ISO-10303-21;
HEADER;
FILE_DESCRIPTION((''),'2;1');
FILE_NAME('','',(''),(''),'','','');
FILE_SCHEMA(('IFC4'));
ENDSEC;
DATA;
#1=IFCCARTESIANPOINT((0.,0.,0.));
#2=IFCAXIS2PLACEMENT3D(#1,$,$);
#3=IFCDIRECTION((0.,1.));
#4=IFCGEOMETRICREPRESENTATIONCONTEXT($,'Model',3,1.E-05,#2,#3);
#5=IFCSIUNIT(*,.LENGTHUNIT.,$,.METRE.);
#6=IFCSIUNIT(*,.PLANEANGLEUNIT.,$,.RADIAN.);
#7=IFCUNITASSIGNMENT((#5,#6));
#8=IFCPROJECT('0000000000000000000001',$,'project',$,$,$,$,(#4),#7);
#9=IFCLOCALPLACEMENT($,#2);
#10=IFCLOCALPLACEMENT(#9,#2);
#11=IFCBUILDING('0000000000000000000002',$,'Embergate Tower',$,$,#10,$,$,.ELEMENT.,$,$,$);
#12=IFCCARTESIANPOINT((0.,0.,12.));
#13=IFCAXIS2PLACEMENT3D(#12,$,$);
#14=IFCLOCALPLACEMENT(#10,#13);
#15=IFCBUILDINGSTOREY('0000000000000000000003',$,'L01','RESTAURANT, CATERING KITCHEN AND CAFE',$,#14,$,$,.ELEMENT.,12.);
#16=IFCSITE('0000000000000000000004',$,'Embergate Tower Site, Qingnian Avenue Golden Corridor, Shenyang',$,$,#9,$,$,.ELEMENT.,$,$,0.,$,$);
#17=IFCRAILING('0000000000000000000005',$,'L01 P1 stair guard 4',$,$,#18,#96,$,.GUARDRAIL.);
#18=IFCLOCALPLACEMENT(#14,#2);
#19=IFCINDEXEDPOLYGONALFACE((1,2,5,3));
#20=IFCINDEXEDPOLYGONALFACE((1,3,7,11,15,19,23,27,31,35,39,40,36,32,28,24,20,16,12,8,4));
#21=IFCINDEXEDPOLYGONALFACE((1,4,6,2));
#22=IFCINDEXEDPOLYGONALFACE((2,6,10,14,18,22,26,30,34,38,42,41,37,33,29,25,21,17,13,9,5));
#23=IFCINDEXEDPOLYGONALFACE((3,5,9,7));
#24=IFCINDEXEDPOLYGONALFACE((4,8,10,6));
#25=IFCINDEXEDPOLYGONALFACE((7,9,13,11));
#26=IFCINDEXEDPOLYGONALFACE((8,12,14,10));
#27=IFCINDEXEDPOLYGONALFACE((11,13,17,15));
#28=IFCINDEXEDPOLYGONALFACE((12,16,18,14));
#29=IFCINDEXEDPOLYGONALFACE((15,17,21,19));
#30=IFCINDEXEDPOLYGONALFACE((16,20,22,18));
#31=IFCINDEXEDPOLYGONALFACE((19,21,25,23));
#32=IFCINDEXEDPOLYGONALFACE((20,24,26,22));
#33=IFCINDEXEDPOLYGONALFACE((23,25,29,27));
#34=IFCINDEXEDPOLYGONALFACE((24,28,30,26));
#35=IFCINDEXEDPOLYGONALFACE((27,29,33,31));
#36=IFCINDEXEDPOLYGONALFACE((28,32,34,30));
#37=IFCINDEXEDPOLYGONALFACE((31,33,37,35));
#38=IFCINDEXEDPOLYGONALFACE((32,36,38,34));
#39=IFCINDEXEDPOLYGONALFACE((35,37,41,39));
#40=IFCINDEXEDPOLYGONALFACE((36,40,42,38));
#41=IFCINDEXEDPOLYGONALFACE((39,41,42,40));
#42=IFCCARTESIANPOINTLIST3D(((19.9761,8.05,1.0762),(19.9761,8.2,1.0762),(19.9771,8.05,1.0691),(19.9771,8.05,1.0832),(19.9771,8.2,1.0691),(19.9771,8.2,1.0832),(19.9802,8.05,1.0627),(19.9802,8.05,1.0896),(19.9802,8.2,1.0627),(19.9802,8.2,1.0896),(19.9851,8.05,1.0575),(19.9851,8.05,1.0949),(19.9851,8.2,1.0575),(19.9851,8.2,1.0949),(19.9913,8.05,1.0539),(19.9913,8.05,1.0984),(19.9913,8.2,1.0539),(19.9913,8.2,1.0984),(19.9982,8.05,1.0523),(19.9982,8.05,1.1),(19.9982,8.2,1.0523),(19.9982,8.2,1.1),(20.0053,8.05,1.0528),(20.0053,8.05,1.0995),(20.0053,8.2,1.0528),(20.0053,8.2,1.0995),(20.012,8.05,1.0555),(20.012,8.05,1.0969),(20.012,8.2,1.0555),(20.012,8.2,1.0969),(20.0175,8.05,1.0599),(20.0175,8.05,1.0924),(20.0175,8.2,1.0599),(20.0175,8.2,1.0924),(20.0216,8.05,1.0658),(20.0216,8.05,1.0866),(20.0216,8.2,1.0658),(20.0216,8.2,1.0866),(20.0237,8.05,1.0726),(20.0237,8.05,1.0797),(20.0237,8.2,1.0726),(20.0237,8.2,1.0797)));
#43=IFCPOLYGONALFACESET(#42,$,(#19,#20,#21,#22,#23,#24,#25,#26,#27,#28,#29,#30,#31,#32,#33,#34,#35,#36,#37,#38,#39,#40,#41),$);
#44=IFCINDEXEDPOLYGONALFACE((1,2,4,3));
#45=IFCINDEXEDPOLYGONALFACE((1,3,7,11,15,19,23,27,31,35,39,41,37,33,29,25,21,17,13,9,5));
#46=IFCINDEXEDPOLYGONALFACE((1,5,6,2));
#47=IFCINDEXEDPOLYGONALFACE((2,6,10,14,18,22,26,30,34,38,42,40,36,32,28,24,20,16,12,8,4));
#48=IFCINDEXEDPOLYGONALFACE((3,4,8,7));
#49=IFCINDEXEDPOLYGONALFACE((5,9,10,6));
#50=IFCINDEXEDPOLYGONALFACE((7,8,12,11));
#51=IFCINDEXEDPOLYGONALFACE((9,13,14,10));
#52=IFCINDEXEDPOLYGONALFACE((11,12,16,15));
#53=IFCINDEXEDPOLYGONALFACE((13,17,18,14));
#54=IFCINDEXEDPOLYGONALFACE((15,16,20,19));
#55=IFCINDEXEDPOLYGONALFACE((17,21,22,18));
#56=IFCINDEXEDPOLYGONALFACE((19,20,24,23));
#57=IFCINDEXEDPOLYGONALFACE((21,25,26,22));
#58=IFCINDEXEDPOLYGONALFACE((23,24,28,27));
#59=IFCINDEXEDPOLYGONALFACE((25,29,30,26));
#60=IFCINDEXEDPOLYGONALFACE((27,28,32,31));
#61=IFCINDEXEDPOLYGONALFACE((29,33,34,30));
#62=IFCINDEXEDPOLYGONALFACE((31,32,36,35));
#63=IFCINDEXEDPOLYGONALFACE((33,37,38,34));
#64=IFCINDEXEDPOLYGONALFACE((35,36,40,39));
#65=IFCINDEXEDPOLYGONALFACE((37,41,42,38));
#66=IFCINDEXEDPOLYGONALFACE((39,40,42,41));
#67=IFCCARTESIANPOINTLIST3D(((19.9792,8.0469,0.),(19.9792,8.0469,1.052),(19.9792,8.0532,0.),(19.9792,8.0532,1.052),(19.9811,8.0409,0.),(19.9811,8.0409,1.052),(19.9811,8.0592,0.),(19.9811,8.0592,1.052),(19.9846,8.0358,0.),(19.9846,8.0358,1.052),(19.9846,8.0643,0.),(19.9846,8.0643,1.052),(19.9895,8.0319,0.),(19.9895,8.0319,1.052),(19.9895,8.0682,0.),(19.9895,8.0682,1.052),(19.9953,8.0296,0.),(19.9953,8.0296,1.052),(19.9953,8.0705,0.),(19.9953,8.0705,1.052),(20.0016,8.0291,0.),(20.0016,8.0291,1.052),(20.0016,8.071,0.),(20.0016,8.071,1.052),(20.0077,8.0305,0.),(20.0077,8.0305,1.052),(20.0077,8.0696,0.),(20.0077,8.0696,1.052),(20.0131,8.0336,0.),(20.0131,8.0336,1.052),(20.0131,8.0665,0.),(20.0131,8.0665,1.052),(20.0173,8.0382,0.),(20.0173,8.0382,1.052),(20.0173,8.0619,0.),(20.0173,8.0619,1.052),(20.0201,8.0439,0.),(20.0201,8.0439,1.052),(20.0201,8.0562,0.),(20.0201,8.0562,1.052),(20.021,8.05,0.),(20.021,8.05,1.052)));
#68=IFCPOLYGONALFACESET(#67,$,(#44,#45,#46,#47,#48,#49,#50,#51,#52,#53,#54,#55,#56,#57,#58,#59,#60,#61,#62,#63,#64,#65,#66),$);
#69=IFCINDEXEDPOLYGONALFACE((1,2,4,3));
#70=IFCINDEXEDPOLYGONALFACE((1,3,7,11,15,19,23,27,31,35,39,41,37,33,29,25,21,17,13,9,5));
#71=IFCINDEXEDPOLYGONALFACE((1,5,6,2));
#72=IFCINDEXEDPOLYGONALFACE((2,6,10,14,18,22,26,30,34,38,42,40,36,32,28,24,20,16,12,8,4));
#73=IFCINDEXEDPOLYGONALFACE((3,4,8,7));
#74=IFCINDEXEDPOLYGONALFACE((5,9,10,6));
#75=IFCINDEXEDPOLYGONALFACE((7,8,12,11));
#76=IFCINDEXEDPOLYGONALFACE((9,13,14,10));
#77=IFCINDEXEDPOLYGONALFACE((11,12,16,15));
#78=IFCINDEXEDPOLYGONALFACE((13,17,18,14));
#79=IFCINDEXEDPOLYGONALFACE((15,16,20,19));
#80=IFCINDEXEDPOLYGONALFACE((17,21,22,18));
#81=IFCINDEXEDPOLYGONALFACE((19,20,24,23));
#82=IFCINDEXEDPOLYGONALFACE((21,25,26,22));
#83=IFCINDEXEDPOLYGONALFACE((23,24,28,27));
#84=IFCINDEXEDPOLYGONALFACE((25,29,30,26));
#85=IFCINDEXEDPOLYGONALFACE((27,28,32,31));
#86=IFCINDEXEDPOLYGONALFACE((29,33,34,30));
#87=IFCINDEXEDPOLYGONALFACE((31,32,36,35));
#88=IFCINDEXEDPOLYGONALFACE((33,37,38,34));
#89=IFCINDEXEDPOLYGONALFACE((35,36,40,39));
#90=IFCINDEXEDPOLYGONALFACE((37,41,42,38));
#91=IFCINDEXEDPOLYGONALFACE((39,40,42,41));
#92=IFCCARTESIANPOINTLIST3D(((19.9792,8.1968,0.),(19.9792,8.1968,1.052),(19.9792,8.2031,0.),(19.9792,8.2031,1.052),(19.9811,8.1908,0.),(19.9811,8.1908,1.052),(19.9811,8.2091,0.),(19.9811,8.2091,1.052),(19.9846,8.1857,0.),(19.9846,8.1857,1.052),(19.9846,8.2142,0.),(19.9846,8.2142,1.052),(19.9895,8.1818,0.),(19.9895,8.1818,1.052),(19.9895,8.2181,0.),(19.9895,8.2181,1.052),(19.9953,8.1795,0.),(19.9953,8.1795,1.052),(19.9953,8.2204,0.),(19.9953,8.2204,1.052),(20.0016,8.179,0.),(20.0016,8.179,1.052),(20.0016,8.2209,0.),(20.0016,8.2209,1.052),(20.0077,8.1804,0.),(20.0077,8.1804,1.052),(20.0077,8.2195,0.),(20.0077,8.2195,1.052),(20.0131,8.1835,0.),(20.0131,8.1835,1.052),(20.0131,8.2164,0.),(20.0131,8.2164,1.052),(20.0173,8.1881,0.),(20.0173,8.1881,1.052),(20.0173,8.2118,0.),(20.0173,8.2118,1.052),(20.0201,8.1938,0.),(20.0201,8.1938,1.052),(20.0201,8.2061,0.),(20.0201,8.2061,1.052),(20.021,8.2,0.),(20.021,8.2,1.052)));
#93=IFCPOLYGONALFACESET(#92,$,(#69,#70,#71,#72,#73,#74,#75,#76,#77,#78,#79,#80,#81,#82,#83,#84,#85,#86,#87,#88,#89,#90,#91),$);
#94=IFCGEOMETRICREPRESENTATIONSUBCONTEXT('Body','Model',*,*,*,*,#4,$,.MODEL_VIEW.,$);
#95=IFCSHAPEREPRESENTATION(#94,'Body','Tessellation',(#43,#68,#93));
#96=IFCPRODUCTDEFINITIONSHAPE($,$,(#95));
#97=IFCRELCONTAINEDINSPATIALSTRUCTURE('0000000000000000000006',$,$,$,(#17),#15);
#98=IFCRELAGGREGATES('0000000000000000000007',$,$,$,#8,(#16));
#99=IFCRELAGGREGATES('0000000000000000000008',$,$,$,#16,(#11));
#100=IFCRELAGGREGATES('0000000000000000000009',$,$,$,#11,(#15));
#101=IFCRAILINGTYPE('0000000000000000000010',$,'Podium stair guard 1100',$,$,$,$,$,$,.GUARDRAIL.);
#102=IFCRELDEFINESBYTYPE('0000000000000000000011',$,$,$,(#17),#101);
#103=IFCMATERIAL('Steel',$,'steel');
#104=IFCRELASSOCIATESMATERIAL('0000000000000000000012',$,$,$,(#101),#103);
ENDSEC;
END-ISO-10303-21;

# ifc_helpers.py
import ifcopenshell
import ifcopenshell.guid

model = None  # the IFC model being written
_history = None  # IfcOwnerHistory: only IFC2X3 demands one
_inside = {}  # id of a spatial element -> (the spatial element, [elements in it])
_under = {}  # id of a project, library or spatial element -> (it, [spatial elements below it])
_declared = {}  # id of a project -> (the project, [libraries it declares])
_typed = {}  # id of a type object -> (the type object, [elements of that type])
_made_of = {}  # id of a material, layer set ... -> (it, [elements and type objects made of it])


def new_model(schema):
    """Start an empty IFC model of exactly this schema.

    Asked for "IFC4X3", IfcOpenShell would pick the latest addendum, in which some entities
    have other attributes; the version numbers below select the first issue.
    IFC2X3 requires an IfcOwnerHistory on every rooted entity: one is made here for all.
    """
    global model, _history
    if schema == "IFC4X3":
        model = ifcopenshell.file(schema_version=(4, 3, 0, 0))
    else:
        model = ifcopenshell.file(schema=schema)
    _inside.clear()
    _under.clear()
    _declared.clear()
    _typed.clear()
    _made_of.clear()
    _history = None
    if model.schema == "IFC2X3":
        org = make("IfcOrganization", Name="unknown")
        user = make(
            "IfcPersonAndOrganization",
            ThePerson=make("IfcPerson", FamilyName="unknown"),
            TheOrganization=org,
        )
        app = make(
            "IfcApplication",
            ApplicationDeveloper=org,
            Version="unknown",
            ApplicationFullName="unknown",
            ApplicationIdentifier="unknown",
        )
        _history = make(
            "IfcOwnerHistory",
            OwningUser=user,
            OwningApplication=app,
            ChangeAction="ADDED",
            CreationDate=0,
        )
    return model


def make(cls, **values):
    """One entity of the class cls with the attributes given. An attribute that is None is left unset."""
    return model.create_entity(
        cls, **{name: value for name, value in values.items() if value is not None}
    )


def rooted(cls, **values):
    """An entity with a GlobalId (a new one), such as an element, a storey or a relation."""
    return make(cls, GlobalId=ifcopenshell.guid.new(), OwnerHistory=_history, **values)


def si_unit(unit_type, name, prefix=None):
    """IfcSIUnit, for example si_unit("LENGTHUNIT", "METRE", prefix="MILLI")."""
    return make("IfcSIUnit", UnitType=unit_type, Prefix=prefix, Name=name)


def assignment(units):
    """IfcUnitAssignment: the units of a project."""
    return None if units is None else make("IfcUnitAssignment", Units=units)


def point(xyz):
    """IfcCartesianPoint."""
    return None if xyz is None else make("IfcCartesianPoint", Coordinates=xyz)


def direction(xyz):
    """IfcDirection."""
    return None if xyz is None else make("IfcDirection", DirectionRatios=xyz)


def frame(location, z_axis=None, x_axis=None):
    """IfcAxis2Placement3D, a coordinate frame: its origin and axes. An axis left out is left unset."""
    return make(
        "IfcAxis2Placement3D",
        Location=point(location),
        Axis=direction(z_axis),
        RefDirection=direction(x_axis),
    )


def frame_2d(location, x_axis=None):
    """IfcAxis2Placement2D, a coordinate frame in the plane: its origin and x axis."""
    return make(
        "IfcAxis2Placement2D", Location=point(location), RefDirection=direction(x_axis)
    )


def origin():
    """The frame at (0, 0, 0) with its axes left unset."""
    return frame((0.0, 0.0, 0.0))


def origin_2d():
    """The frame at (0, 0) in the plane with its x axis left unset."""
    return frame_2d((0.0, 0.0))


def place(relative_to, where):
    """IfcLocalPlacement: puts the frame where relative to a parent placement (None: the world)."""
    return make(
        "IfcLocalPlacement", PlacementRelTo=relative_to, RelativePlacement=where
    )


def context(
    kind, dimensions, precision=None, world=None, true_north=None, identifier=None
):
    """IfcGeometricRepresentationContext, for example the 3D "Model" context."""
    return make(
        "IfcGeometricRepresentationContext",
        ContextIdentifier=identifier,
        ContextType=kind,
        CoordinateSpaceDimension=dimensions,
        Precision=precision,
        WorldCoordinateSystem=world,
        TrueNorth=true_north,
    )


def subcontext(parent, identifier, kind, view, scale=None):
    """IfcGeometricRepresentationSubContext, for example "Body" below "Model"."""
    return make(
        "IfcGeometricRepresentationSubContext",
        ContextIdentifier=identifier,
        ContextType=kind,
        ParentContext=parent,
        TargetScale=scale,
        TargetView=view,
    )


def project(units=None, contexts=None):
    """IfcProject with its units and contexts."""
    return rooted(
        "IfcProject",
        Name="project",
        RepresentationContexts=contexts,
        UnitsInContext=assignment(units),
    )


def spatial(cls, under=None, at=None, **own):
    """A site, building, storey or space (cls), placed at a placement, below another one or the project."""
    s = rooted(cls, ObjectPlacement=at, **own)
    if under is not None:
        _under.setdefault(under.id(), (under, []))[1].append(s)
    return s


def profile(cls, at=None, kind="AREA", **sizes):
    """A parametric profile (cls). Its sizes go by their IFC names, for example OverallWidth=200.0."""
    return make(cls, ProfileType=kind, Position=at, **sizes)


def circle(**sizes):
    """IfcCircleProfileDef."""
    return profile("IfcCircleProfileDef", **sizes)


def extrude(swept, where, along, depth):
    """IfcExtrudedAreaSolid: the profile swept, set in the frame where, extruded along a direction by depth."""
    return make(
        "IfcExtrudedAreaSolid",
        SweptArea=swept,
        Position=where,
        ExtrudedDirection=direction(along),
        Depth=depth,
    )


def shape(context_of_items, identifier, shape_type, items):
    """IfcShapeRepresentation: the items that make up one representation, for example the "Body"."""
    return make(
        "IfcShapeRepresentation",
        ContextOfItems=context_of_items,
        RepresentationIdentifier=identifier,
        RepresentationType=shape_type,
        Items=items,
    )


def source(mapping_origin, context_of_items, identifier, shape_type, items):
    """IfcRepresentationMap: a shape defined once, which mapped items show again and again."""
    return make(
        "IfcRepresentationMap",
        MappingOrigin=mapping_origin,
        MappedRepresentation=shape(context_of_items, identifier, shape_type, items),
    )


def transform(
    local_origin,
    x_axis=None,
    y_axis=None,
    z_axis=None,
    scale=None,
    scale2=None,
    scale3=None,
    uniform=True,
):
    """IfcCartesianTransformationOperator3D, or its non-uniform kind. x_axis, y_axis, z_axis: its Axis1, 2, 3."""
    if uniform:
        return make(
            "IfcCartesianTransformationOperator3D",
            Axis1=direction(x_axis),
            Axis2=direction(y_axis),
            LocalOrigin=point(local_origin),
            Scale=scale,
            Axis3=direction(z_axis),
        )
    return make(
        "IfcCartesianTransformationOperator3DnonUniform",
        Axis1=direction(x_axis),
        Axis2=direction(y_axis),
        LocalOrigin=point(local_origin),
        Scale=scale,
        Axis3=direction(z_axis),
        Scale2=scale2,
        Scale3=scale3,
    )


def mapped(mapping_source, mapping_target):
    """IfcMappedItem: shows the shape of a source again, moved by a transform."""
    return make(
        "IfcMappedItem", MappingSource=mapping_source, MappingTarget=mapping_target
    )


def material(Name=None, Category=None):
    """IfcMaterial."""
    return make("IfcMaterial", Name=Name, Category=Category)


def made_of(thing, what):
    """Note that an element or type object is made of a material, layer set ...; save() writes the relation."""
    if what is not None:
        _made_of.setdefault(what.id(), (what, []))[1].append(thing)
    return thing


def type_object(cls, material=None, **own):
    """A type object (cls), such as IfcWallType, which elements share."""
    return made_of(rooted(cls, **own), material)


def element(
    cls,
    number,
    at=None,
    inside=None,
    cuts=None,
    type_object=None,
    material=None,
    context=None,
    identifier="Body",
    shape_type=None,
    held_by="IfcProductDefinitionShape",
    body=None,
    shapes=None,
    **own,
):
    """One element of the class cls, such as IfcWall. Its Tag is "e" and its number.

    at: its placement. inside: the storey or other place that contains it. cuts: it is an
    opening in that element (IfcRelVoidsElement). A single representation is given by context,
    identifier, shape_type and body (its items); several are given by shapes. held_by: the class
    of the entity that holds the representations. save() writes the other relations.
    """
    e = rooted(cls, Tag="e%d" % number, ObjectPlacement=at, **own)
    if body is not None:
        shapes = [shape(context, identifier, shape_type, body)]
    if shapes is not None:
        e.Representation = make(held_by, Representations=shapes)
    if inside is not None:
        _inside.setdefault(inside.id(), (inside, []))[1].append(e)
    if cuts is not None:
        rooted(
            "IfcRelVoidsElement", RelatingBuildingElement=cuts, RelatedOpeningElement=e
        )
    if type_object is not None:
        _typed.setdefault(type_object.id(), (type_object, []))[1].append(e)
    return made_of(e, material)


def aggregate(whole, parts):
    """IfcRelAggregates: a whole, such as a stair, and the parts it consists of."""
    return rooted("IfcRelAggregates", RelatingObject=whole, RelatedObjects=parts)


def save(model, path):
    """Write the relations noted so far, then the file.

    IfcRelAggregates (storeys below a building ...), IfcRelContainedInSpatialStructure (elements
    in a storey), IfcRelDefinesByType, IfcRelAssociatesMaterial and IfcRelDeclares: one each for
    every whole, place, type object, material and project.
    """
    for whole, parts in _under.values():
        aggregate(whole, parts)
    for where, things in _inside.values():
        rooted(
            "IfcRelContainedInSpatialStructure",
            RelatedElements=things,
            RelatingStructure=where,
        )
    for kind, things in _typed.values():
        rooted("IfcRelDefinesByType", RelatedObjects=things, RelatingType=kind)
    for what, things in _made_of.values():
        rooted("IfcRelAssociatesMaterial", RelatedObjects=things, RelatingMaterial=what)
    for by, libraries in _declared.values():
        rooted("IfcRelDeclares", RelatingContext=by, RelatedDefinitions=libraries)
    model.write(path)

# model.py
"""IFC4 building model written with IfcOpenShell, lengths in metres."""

from ifc_helpers import new_model, si_unit, direction, frame, origin, origin_2d, place, context, subcontext, project, spatial, circle, extrude, source, transform, mapped, material, type_object, element, save


model = new_model("IFC4")

# Units and contexts
model_context = context("Model", 3, precision=1e-05, world=origin(), true_north=direction((0.0, 1.0)))
body_context = subcontext(model_context, "Body", "Model", "MODEL_VIEW")
ifc_project = project(units=[si_unit("LENGTHUNIT", "METRE"), si_unit("PLANEANGLEUNIT", "RADIAN")], contexts=[model_context])

# Site, building, storey
site_placement = place(None, origin())
site = spatial("IfcSite", under=ifc_project, at=site_placement, Name="Embergate Tower Site, Qingnian Avenue Golden Corridor, Shenyang", CompositionType="ELEMENT", RefElevation=0.0)
building_placement = place(site_placement, origin())
building = spatial("IfcBuilding", under=site, at=building_placement, Name="Embergate Tower", CompositionType="ELEMENT")
storey_placement = place(building_placement, frame((0.0, 0.0, 12.0)))
storey = spatial("IfcBuildingStorey", under=building, at=storey_placement, Name="L01", Description="RESTAURANT, CATERING KITCHEN AND CAFE", CompositionType="ELEMENT", Elevation=12.0)

# Railing
ifc_material_1 = material(Name="Steel", Category="steel")
railing_type_1 = type_object("IfcRailingType", Name="Podium stair guard 1100", PredefinedType="GUARDRAIL", material=ifc_material_1)
shared_shape_1 = source(origin(), body_context, "Body", "SweptSolid", [
    extrude(circle(Radius=0.0239, at=origin_2d()), frame((0.0, 0.0, 1.0762), z_axis=(0.0, 1.0, 0.0), x_axis=(-1.0, 0.0, 0.0)), (0.0, 0.0, 1.0), 0.1499),
    extrude(circle(Radius=0.021, at=origin_2d()), origin(), (0.0, 0.0, 1.0), 1.052),
    extrude(circle(Radius=0.021, at=origin_2d()), frame((0.0, 0.1499, 0.0)), (0.0, 0.0, 1.0), 1.052),
])
railing_1_placement = place(storey_placement, frame((20.0, 8.05, 0.0)))
element("IfcRailing", 1, at=railing_1_placement, inside=storey, type_object=railing_type_1, Name="L01 P1 stair guard 4", PredefinedType="GUARDRAIL", context=body_context, shape_type="MappedRepresentation", body=[
    mapped(shared_shape_1, transform((0.0, 0.0, 0.0))),
])

save(model, "model.ifc")
